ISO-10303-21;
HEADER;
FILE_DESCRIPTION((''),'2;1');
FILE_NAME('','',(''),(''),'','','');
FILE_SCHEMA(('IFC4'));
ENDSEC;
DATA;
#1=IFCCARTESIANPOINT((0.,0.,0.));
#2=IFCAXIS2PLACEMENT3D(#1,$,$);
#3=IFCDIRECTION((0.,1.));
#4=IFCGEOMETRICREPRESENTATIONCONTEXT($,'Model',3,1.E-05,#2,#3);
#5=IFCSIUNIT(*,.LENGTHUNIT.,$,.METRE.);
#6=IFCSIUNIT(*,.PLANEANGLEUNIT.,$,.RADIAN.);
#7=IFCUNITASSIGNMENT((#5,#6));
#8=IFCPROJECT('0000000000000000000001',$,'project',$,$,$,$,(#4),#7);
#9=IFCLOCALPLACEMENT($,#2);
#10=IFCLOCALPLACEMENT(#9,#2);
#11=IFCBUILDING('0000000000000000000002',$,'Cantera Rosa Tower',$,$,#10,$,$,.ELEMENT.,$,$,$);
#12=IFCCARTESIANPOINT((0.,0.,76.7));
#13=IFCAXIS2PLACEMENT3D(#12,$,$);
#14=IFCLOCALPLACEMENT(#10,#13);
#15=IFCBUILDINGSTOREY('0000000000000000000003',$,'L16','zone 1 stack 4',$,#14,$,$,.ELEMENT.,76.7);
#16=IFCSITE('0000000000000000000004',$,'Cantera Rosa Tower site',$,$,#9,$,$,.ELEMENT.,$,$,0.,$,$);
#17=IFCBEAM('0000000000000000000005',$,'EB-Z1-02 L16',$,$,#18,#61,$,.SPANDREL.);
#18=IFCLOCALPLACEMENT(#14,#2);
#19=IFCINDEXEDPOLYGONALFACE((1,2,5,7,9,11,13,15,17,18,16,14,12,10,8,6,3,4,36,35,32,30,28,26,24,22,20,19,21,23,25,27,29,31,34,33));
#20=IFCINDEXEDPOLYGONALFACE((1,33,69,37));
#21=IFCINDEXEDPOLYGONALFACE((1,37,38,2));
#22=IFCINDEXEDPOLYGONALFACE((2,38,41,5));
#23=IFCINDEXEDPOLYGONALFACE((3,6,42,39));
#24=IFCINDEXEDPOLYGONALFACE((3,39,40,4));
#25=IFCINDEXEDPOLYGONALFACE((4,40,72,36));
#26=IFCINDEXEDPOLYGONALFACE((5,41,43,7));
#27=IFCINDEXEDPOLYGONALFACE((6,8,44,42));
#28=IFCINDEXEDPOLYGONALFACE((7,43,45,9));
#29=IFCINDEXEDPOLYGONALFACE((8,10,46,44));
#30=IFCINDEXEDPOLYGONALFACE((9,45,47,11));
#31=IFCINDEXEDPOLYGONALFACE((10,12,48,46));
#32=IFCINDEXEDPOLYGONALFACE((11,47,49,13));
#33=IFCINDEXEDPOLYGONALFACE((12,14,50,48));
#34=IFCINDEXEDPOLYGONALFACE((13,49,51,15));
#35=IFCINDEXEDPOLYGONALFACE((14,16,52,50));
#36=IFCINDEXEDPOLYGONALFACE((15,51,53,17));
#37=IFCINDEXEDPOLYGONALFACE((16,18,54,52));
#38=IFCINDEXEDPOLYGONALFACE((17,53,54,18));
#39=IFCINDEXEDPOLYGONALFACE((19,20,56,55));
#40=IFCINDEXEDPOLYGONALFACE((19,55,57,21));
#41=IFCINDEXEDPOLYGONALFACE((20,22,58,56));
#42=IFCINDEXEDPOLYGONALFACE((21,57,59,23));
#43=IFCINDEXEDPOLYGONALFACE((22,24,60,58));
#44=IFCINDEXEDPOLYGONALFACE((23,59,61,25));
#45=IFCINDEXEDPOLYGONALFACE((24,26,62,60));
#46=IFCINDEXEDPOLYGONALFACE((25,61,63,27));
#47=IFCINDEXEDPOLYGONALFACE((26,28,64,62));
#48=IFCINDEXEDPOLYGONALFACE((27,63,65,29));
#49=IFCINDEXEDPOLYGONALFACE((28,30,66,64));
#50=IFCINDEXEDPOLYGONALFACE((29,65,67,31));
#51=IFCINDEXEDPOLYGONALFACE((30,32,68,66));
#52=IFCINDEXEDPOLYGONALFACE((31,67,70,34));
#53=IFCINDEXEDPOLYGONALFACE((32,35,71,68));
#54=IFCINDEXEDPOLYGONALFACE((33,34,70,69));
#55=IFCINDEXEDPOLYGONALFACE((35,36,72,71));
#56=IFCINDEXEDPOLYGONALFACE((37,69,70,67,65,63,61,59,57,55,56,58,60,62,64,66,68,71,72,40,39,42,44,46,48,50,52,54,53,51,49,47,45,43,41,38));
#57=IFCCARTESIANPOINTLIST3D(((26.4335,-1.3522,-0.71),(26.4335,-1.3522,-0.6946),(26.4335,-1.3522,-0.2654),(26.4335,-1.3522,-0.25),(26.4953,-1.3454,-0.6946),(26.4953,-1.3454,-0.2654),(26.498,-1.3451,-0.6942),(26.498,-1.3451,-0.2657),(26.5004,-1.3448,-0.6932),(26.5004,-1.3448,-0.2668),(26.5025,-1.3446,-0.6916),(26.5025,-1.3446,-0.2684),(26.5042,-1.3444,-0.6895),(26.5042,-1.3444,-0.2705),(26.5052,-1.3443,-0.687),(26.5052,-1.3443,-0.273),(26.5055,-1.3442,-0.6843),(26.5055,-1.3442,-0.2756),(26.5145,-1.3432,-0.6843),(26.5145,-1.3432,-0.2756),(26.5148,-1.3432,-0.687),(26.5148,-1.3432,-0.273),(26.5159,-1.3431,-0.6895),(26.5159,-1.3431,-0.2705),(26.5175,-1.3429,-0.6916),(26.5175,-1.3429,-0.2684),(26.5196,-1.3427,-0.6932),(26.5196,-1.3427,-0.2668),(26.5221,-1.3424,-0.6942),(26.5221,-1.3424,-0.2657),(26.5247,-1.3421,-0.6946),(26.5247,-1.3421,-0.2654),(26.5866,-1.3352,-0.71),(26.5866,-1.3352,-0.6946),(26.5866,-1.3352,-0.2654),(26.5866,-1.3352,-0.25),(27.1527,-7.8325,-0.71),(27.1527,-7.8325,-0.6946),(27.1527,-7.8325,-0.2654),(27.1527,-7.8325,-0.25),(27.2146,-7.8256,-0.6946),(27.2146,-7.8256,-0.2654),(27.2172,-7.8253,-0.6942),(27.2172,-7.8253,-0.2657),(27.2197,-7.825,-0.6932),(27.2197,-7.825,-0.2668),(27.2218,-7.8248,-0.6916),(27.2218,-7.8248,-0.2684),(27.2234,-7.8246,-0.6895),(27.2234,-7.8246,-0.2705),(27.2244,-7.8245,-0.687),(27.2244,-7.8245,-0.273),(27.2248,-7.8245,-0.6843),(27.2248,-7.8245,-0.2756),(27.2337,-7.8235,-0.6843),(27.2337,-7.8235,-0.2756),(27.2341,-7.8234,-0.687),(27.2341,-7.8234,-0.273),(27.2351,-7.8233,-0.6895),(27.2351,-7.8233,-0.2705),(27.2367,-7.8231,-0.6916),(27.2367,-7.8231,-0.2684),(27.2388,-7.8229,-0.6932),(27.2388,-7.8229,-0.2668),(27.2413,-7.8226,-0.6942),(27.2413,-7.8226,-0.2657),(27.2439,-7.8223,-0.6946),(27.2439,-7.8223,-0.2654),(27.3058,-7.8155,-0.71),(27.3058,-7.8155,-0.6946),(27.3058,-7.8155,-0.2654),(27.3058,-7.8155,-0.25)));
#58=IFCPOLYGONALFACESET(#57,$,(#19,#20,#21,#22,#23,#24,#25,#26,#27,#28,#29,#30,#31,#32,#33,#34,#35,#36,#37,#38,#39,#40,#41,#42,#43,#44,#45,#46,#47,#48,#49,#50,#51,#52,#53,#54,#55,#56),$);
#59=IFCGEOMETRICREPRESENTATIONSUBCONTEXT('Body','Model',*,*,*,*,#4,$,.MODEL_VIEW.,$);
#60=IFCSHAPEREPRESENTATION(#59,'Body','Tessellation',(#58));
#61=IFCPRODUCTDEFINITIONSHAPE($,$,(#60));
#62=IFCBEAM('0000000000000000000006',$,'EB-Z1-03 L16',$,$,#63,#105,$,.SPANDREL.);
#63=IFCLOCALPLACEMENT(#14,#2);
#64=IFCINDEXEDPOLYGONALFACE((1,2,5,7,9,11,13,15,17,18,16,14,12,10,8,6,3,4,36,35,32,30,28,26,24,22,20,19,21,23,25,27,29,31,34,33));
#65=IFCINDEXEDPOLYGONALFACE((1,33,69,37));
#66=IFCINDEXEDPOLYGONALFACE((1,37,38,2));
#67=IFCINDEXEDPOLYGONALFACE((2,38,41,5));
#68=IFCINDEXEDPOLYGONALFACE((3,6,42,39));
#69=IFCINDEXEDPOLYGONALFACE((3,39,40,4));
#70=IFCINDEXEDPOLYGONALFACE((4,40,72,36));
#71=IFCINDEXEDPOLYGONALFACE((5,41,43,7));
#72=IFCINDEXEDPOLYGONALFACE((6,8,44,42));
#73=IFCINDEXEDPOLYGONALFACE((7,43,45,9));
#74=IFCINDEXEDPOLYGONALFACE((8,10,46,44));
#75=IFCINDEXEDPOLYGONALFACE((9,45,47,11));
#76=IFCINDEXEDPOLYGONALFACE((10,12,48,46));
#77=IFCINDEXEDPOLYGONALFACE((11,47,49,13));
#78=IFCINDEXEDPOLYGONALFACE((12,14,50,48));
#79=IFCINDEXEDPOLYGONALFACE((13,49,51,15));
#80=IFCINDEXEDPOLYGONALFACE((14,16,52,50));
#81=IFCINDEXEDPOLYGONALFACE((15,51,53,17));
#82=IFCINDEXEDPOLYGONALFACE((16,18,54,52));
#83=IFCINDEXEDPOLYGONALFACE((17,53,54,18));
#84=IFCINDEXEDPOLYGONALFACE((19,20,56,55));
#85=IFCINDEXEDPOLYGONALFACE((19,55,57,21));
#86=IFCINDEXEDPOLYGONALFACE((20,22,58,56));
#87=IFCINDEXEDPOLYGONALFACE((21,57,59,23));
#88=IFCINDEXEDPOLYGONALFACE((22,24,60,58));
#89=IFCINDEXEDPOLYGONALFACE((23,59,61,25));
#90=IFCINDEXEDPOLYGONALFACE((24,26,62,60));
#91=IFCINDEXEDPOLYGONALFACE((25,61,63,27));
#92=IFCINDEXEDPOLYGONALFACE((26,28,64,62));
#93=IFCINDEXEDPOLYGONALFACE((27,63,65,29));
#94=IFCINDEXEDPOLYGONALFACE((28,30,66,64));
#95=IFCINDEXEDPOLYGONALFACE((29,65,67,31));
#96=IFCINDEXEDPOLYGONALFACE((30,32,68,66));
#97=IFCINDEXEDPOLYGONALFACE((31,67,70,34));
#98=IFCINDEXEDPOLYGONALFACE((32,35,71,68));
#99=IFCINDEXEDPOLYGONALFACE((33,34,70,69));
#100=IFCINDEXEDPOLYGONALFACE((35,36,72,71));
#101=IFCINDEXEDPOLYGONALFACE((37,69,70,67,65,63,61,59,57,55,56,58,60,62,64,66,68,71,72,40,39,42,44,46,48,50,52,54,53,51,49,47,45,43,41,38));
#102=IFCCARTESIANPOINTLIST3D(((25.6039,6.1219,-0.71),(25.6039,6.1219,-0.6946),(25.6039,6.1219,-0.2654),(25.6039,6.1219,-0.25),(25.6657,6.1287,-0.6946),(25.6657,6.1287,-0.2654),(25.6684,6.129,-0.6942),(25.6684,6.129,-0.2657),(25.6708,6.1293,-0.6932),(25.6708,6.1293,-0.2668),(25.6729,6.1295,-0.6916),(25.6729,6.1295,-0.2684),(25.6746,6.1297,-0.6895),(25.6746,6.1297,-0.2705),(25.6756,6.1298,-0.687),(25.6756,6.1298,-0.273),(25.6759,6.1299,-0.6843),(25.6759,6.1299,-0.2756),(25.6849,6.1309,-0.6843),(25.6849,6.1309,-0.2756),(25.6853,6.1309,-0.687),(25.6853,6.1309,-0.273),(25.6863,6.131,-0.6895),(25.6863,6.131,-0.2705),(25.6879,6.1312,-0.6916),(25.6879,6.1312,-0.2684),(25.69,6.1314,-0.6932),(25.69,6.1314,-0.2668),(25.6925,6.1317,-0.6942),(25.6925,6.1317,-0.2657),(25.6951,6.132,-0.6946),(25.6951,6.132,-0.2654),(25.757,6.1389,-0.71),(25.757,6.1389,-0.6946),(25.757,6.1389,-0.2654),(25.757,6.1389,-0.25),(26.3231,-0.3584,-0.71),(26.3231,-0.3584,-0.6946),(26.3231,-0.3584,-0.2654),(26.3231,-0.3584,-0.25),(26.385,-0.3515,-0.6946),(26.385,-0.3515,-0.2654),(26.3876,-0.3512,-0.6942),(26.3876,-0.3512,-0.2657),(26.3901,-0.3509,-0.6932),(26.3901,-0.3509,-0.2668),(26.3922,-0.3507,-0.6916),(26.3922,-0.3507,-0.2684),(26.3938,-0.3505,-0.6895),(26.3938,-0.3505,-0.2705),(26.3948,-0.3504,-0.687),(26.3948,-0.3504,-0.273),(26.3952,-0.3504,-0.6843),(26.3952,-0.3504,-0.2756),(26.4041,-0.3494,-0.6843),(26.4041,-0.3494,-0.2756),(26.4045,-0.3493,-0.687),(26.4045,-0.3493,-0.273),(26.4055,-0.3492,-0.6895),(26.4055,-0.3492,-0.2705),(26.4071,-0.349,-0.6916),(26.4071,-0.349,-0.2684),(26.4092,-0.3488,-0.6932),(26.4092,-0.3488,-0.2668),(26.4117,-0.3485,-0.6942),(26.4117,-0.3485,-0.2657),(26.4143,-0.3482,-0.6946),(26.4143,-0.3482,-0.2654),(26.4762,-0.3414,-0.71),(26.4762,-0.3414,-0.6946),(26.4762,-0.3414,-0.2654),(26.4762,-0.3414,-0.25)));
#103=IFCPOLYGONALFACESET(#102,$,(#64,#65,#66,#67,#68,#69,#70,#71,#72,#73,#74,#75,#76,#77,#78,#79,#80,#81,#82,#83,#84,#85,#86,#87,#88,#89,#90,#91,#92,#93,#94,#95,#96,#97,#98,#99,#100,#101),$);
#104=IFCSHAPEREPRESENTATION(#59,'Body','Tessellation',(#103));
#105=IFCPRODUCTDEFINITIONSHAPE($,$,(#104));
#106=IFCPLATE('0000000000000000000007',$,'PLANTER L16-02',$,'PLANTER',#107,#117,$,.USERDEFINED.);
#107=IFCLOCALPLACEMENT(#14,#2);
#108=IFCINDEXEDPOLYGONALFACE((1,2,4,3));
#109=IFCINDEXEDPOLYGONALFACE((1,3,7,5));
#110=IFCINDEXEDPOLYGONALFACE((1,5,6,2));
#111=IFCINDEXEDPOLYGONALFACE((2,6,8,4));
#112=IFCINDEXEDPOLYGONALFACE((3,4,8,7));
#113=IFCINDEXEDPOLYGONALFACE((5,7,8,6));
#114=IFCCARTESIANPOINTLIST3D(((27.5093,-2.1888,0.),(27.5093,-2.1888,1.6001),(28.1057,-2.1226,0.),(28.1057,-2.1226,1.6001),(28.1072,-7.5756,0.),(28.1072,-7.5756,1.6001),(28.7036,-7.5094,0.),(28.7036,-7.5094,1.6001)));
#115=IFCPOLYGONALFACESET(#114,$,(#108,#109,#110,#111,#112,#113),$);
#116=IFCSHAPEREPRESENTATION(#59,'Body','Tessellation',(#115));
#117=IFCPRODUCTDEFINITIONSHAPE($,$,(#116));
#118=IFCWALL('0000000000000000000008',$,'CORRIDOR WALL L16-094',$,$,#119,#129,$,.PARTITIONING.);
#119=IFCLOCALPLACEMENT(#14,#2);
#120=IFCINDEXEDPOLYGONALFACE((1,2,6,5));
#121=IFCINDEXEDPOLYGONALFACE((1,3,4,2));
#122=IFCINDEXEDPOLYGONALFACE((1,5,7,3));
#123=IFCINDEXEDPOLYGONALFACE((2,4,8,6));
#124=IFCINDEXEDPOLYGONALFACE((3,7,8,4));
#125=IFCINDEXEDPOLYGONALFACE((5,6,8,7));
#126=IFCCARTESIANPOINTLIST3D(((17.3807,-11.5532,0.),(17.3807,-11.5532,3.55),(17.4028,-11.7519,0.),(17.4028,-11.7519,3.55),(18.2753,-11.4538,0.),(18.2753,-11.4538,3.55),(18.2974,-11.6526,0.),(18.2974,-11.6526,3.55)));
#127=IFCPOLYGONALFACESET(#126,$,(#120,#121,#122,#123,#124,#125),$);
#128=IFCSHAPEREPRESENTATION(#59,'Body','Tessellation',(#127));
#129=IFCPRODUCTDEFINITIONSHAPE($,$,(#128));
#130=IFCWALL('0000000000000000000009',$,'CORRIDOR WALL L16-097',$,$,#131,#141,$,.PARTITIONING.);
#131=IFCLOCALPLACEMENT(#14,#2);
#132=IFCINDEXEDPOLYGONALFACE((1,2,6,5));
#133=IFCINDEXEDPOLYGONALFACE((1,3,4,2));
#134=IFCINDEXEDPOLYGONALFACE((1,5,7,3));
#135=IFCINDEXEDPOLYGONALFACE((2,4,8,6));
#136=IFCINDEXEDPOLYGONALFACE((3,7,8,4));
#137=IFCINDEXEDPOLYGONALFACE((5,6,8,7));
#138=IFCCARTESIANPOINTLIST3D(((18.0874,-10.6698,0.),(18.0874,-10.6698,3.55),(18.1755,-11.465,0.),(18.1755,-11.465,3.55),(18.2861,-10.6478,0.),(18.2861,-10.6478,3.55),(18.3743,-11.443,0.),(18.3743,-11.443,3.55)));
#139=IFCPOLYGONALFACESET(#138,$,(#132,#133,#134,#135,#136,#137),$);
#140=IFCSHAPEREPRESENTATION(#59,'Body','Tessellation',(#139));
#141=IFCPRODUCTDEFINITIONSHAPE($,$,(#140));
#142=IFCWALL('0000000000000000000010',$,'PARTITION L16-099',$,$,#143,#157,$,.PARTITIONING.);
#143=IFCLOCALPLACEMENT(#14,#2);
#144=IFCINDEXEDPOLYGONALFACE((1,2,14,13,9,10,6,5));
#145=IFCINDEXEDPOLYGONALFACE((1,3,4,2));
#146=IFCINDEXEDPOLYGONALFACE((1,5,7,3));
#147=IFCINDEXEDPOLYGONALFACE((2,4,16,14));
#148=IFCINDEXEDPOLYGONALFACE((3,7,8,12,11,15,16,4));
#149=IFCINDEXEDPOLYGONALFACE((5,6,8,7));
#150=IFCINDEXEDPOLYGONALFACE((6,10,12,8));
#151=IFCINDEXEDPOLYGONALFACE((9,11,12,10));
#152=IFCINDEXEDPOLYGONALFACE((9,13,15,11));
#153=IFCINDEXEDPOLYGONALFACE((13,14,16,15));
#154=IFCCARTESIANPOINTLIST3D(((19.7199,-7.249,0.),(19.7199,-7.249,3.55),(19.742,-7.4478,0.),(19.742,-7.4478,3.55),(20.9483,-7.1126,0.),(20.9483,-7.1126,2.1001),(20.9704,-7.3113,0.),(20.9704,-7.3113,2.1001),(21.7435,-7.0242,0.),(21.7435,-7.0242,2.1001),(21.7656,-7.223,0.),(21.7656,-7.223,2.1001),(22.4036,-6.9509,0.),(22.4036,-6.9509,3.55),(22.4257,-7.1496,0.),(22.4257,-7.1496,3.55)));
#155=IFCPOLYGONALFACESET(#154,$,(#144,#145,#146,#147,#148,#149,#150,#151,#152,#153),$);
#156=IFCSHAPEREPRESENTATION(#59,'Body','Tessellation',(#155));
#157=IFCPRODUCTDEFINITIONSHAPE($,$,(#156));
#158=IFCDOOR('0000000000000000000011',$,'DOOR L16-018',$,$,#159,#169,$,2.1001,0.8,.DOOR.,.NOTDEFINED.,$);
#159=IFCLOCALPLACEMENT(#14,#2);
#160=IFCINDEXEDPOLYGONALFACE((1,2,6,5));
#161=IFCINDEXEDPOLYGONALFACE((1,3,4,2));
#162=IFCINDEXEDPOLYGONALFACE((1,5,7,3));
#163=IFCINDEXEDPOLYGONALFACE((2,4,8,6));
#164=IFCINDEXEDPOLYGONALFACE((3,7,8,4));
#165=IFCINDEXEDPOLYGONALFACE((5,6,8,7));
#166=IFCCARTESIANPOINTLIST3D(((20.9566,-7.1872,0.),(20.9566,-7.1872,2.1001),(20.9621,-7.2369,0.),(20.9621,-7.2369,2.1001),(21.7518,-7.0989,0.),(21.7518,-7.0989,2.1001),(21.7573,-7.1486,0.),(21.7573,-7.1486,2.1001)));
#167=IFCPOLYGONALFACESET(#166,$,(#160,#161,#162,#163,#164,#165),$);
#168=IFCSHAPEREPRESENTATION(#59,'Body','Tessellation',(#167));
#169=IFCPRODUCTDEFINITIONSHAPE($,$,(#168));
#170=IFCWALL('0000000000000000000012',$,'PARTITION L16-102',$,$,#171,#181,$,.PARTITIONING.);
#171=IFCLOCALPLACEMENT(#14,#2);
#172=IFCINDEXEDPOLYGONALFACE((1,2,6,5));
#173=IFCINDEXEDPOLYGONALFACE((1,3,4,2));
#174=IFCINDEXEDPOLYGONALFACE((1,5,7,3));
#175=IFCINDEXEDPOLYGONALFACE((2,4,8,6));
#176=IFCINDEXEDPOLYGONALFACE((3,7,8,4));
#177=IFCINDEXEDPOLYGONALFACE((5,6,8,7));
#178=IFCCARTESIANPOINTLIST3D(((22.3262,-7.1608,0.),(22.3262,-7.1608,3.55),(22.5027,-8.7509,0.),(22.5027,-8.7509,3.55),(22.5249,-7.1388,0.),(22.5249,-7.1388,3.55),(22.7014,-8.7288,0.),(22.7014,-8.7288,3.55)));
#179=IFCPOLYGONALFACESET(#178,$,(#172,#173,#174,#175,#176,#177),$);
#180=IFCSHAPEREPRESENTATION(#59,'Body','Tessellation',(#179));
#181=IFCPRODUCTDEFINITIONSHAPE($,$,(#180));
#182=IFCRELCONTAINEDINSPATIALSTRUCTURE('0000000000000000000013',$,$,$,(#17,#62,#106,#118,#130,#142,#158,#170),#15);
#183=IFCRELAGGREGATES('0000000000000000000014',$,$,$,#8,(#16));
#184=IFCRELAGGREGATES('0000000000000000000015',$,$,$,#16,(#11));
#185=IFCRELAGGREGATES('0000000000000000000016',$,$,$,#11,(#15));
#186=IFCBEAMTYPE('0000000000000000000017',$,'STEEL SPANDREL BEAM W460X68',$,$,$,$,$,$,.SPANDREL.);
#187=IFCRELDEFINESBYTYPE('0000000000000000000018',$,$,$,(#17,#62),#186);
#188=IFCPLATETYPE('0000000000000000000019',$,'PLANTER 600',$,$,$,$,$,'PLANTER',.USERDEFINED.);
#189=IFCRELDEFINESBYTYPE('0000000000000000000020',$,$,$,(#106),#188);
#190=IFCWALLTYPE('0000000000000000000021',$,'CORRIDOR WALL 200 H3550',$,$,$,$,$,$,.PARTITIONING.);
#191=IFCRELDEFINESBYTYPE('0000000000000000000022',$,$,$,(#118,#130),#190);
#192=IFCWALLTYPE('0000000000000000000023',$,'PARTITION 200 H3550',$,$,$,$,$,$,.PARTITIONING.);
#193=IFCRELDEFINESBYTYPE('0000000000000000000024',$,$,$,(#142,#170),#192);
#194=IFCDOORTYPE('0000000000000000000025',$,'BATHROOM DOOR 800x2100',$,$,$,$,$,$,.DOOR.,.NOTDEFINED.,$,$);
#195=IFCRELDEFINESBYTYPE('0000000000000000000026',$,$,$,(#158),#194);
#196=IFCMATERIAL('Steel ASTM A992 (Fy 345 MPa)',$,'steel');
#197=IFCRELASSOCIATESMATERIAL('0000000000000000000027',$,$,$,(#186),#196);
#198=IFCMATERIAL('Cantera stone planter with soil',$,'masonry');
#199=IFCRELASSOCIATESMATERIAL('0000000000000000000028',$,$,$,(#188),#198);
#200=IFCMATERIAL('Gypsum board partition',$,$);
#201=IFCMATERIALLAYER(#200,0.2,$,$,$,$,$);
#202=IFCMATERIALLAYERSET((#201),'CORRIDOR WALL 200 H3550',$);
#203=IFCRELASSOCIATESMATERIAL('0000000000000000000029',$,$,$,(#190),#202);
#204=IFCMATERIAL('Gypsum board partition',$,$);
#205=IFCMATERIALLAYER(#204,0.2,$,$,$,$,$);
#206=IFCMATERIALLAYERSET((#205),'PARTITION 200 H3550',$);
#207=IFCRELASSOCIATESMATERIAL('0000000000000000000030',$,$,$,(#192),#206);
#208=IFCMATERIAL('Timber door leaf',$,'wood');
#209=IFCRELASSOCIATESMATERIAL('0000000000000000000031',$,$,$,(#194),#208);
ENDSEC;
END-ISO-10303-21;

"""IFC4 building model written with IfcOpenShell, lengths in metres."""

from ifc_helpers import new_model, si_unit, direction, frame, frame_2d, origin, origin_2d, place, context, subcontext, project, spatial, rectangle, i_section, extrude, material, layer, layer_set, material_profile, profile_set, type_object, element, fill, save


model = new_model("IFC4")

# Units and contexts
model_context = context("Model", 3, precision=1e-05, world=origin(), true_north=direction((0.0, 1.0)))
body_context = subcontext(model_context, "Body", "Model", "MODEL_VIEW")
ifc_project = project(units=[si_unit("LENGTHUNIT", "METRE"), si_unit("PLANEANGLEUNIT", "RADIAN")], contexts=[model_context])

# Site, building, storey
site_placement = place(None, origin())
site = spatial("IfcSite", under=ifc_project, at=site_placement, Name="Cantera Rosa Tower site", CompositionType="ELEMENT", RefElevation=0.0)
building_placement = place(site_placement, origin())
building = spatial("IfcBuilding", under=site, at=building_placement, Name="Cantera Rosa Tower", CompositionType="ELEMENT")
storey_placement = place(building_placement, frame((0.0, 0.0, 76.7)))
storey = spatial("IfcBuildingStorey", under=building, at=storey_placement, Name="L16", Description="zone 1 stack 4", CompositionType="ELEMENT", Elevation=76.7)

# Beams
ifc_material_1 = material(Name="Steel ASTM A992 (Fy 345 MPa)", Category="steel")
ifc_material_profile_1 = material_profile(ifc_material_1, i_section(OverallWidth=0.1541, OverallDepth=0.46, WebThickness=0.009, FlangeThickness=0.0154, FilletRadius=0.0103, at=origin_2d()), Name="W460X68")
ifc_profile_set_1 = profile_set([ifc_material_profile_1], Name="Steel ASTM A992 (Fy 345 MPa)")
beam_type_1 = type_object("IfcBeamType", Name="STEEL SPANDREL BEAM W460X68", PredefinedType="SPANDREL", material=ifc_profile_set_1)
for number, where, z_axis, x_axis, name in (
    (1, (27.2292, -7.824, -0.48), (-0.110312, 0.993897, 0.0), (-0.993897, -0.110312, 0.0), "EB-Z1-02 L16"),
    (2, (26.3997, -0.3499, -0.48), (-0.110312, 0.993897, 0.0), (-0.993897, -0.110312, 0.0), "EB-Z1-03 L16"),
):
    element("IfcBeam", number, at=place(storey_placement, frame(where, z_axis=z_axis, x_axis=x_axis)), inside=storey, type_object=beam_type_1, Name=name, PredefinedType="SPANDREL", context=body_context, shape_type="SweptSolid", body=[
        extrude(i_section(OverallWidth=0.1541, OverallDepth=0.46, WebThickness=0.009, FlangeThickness=0.0154, FilletRadius=0.0103, at=origin_2d()), origin(), (0.0, 0.0, 1.0), 6.52),
    ])

# Plate
ifc_material_2 = material(Name="Cantera stone planter with soil", Category="masonry")
plate_type = type_object("IfcPlateType", Name="PLANTER 600", ElementType="PLANTER", PredefinedType="USERDEFINED", material=ifc_material_2)
plate_placement = place(storey_placement, frame((28.1064, -4.8491, 0.0), z_axis=(0.0, 0.0, 1.0), x_axis=(-0.110313, 0.993897, 0.0)))
element("IfcPlate", 3, at=plate_placement, inside=storey, type_object=plate_type, Name="PLANTER L16-02", ObjectType="PLANTER", PredefinedType="USERDEFINED", context=body_context, shape_type="SweptSolid", body=[
    extrude(rectangle(XDim=5.4199, YDim=0.6001, at=origin_2d()), origin(), (0.0, 0.0, 1.0), 1.6001),
])

# Walls
ifc_material_3 = material(Name="Gypsum board partition")
ifc_layer_1 = layer(ifc_material_3, 0.2)
ifc_layer_set_1 = layer_set([ifc_layer_1], Name="CORRIDOR WALL 200 H3550")
wall_type_1 = type_object("IfcWallType", Name="CORRIDOR WALL 200 H3550", PredefinedType="PARTITIONING", material=ifc_layer_set_1)
wall_1_placement = place(storey_placement, frame((17.3916, -11.6526, 0.0), z_axis=(0.0, 0.0, 1.0), x_axis=(0.993887, 0.110402, 0.0)))
element("IfcWall", 4, at=wall_1_placement, inside=storey, type_object=wall_type_1, Name="CORRIDOR WALL L16-094", PredefinedType="PARTITIONING", context=body_context, shape_type="SweptSolid", body=[
    extrude(rectangle(XDim=0.9001, YDim=0.2, at=frame_2d((0.4502, 0.0))), origin(), (0.0, 0.0, 1.0), 3.55),
])
wall_2_placement = place(storey_placement, frame((18.2749, -11.4539, 0.0), z_axis=(0.0, 0.0, 1.0), x_axis=(-0.110164, 0.993913, 0.0)))
element("IfcWall", 5, at=wall_2_placement, inside=storey, type_object=wall_type_1, Name="CORRIDOR WALL L16-097", PredefinedType="PARTITIONING", context=body_context, shape_type="SweptSolid", body=[
    extrude(rectangle(XDim=0.8, YDim=0.2, at=frame_2d((0.3999, 0.0))), origin(), (0.0, 0.0, 1.0), 3.55),
])

# Wall, opening, door
ifc_material_4 = material(Name="Gypsum board partition")
ifc_layer_2 = layer(ifc_material_4, 0.2)
ifc_layer_set_2 = layer_set([ifc_layer_2], Name="PARTITION 200 H3550")
wall_type_2 = type_object("IfcWallType", Name="PARTITION 200 H3550", PredefinedType="PARTITIONING", material=ifc_layer_set_2)
wall_3_placement = place(storey_placement, frame((19.731, -7.3484, 0.0), z_axis=(0.0, 0.0, 1.0), x_axis=(0.993887, 0.110402, 0.0)))
wall_3 = element("IfcWall", 6, at=wall_3_placement, inside=storey, type_object=wall_type_2, Name="PARTITION L16-099", PredefinedType="PARTITIONING", context=body_context, shape_type="SweptSolid", body=[
    extrude(rectangle(XDim=2.7002, YDim=0.2, at=frame_2d((1.3501, 0.0))), origin(), (0.0, 0.0, 1.0), 3.55),
])
opening_1_placement = place(wall_3_placement, frame((1.2361, 0.0, 0.0)))
opening_1 = element("IfcOpeningElement", 7, at=opening_1_placement, cuts=wall_3, PredefinedType="OPENING", context=body_context, shape_type="SweptSolid", body=[
    extrude(rectangle(XDim=0.8, YDim=2.1001, at=frame_2d((0.3999, 1.05))), frame((0.0, 0.1099, 0.0), z_axis=(0.0, -1.0, 0.0), x_axis=(1.0, 0.0, 0.0)), (0.0, 0.0, 1.0), 0.22),
])
ifc_material_5 = material(Name="Timber door leaf", Category="wood")
door_type_1 = type_object("IfcDoorType", Name="BATHROOM DOOR 800x2100", OperationType="NOTDEFINED", PredefinedType="DOOR", material=ifc_material_5)
door_1_placement = place(opening_1_placement, origin())
door_1 = element("IfcDoor", 8, at=door_1_placement, inside=storey, type_object=door_type_1, Name="DOOR L16-018", OperationType="NOTDEFINED", OverallHeight=2.1001, OverallWidth=0.8, PredefinedType="DOOR", context=body_context, shape_type="SweptSolid", body=[
    extrude(rectangle(XDim=0.8, YDim=2.1001, at=frame_2d((0.3999, 1.05))), frame((0.0, 0.0249, 0.0), z_axis=(0.0, -1.0, 0.0), x_axis=(1.0, 0.0, 0.0)), (0.0, 0.0, 1.0), 0.05),
])
fill(opening_1, door_1)

# Wall
wall_4_placement = place(storey_placement, frame((22.4255, -7.1499, 0.0), z_axis=(0.0, 0.0, 1.0), x_axis=(0.110331, -0.993895, 0.0)))
element("IfcWall", 9, at=wall_4_placement, inside=storey, type_object=wall_type_2, Name="PARTITION L16-102", PredefinedType="PARTITIONING", context=body_context, shape_type="SweptSolid", body=[
    extrude(rectangle(XDim=1.5999, YDim=0.2, at=frame_2d((0.7998, 0.0))), origin(), (0.0, 0.0, 1.0), 3.55),
])

save(model, "model.ifc")
